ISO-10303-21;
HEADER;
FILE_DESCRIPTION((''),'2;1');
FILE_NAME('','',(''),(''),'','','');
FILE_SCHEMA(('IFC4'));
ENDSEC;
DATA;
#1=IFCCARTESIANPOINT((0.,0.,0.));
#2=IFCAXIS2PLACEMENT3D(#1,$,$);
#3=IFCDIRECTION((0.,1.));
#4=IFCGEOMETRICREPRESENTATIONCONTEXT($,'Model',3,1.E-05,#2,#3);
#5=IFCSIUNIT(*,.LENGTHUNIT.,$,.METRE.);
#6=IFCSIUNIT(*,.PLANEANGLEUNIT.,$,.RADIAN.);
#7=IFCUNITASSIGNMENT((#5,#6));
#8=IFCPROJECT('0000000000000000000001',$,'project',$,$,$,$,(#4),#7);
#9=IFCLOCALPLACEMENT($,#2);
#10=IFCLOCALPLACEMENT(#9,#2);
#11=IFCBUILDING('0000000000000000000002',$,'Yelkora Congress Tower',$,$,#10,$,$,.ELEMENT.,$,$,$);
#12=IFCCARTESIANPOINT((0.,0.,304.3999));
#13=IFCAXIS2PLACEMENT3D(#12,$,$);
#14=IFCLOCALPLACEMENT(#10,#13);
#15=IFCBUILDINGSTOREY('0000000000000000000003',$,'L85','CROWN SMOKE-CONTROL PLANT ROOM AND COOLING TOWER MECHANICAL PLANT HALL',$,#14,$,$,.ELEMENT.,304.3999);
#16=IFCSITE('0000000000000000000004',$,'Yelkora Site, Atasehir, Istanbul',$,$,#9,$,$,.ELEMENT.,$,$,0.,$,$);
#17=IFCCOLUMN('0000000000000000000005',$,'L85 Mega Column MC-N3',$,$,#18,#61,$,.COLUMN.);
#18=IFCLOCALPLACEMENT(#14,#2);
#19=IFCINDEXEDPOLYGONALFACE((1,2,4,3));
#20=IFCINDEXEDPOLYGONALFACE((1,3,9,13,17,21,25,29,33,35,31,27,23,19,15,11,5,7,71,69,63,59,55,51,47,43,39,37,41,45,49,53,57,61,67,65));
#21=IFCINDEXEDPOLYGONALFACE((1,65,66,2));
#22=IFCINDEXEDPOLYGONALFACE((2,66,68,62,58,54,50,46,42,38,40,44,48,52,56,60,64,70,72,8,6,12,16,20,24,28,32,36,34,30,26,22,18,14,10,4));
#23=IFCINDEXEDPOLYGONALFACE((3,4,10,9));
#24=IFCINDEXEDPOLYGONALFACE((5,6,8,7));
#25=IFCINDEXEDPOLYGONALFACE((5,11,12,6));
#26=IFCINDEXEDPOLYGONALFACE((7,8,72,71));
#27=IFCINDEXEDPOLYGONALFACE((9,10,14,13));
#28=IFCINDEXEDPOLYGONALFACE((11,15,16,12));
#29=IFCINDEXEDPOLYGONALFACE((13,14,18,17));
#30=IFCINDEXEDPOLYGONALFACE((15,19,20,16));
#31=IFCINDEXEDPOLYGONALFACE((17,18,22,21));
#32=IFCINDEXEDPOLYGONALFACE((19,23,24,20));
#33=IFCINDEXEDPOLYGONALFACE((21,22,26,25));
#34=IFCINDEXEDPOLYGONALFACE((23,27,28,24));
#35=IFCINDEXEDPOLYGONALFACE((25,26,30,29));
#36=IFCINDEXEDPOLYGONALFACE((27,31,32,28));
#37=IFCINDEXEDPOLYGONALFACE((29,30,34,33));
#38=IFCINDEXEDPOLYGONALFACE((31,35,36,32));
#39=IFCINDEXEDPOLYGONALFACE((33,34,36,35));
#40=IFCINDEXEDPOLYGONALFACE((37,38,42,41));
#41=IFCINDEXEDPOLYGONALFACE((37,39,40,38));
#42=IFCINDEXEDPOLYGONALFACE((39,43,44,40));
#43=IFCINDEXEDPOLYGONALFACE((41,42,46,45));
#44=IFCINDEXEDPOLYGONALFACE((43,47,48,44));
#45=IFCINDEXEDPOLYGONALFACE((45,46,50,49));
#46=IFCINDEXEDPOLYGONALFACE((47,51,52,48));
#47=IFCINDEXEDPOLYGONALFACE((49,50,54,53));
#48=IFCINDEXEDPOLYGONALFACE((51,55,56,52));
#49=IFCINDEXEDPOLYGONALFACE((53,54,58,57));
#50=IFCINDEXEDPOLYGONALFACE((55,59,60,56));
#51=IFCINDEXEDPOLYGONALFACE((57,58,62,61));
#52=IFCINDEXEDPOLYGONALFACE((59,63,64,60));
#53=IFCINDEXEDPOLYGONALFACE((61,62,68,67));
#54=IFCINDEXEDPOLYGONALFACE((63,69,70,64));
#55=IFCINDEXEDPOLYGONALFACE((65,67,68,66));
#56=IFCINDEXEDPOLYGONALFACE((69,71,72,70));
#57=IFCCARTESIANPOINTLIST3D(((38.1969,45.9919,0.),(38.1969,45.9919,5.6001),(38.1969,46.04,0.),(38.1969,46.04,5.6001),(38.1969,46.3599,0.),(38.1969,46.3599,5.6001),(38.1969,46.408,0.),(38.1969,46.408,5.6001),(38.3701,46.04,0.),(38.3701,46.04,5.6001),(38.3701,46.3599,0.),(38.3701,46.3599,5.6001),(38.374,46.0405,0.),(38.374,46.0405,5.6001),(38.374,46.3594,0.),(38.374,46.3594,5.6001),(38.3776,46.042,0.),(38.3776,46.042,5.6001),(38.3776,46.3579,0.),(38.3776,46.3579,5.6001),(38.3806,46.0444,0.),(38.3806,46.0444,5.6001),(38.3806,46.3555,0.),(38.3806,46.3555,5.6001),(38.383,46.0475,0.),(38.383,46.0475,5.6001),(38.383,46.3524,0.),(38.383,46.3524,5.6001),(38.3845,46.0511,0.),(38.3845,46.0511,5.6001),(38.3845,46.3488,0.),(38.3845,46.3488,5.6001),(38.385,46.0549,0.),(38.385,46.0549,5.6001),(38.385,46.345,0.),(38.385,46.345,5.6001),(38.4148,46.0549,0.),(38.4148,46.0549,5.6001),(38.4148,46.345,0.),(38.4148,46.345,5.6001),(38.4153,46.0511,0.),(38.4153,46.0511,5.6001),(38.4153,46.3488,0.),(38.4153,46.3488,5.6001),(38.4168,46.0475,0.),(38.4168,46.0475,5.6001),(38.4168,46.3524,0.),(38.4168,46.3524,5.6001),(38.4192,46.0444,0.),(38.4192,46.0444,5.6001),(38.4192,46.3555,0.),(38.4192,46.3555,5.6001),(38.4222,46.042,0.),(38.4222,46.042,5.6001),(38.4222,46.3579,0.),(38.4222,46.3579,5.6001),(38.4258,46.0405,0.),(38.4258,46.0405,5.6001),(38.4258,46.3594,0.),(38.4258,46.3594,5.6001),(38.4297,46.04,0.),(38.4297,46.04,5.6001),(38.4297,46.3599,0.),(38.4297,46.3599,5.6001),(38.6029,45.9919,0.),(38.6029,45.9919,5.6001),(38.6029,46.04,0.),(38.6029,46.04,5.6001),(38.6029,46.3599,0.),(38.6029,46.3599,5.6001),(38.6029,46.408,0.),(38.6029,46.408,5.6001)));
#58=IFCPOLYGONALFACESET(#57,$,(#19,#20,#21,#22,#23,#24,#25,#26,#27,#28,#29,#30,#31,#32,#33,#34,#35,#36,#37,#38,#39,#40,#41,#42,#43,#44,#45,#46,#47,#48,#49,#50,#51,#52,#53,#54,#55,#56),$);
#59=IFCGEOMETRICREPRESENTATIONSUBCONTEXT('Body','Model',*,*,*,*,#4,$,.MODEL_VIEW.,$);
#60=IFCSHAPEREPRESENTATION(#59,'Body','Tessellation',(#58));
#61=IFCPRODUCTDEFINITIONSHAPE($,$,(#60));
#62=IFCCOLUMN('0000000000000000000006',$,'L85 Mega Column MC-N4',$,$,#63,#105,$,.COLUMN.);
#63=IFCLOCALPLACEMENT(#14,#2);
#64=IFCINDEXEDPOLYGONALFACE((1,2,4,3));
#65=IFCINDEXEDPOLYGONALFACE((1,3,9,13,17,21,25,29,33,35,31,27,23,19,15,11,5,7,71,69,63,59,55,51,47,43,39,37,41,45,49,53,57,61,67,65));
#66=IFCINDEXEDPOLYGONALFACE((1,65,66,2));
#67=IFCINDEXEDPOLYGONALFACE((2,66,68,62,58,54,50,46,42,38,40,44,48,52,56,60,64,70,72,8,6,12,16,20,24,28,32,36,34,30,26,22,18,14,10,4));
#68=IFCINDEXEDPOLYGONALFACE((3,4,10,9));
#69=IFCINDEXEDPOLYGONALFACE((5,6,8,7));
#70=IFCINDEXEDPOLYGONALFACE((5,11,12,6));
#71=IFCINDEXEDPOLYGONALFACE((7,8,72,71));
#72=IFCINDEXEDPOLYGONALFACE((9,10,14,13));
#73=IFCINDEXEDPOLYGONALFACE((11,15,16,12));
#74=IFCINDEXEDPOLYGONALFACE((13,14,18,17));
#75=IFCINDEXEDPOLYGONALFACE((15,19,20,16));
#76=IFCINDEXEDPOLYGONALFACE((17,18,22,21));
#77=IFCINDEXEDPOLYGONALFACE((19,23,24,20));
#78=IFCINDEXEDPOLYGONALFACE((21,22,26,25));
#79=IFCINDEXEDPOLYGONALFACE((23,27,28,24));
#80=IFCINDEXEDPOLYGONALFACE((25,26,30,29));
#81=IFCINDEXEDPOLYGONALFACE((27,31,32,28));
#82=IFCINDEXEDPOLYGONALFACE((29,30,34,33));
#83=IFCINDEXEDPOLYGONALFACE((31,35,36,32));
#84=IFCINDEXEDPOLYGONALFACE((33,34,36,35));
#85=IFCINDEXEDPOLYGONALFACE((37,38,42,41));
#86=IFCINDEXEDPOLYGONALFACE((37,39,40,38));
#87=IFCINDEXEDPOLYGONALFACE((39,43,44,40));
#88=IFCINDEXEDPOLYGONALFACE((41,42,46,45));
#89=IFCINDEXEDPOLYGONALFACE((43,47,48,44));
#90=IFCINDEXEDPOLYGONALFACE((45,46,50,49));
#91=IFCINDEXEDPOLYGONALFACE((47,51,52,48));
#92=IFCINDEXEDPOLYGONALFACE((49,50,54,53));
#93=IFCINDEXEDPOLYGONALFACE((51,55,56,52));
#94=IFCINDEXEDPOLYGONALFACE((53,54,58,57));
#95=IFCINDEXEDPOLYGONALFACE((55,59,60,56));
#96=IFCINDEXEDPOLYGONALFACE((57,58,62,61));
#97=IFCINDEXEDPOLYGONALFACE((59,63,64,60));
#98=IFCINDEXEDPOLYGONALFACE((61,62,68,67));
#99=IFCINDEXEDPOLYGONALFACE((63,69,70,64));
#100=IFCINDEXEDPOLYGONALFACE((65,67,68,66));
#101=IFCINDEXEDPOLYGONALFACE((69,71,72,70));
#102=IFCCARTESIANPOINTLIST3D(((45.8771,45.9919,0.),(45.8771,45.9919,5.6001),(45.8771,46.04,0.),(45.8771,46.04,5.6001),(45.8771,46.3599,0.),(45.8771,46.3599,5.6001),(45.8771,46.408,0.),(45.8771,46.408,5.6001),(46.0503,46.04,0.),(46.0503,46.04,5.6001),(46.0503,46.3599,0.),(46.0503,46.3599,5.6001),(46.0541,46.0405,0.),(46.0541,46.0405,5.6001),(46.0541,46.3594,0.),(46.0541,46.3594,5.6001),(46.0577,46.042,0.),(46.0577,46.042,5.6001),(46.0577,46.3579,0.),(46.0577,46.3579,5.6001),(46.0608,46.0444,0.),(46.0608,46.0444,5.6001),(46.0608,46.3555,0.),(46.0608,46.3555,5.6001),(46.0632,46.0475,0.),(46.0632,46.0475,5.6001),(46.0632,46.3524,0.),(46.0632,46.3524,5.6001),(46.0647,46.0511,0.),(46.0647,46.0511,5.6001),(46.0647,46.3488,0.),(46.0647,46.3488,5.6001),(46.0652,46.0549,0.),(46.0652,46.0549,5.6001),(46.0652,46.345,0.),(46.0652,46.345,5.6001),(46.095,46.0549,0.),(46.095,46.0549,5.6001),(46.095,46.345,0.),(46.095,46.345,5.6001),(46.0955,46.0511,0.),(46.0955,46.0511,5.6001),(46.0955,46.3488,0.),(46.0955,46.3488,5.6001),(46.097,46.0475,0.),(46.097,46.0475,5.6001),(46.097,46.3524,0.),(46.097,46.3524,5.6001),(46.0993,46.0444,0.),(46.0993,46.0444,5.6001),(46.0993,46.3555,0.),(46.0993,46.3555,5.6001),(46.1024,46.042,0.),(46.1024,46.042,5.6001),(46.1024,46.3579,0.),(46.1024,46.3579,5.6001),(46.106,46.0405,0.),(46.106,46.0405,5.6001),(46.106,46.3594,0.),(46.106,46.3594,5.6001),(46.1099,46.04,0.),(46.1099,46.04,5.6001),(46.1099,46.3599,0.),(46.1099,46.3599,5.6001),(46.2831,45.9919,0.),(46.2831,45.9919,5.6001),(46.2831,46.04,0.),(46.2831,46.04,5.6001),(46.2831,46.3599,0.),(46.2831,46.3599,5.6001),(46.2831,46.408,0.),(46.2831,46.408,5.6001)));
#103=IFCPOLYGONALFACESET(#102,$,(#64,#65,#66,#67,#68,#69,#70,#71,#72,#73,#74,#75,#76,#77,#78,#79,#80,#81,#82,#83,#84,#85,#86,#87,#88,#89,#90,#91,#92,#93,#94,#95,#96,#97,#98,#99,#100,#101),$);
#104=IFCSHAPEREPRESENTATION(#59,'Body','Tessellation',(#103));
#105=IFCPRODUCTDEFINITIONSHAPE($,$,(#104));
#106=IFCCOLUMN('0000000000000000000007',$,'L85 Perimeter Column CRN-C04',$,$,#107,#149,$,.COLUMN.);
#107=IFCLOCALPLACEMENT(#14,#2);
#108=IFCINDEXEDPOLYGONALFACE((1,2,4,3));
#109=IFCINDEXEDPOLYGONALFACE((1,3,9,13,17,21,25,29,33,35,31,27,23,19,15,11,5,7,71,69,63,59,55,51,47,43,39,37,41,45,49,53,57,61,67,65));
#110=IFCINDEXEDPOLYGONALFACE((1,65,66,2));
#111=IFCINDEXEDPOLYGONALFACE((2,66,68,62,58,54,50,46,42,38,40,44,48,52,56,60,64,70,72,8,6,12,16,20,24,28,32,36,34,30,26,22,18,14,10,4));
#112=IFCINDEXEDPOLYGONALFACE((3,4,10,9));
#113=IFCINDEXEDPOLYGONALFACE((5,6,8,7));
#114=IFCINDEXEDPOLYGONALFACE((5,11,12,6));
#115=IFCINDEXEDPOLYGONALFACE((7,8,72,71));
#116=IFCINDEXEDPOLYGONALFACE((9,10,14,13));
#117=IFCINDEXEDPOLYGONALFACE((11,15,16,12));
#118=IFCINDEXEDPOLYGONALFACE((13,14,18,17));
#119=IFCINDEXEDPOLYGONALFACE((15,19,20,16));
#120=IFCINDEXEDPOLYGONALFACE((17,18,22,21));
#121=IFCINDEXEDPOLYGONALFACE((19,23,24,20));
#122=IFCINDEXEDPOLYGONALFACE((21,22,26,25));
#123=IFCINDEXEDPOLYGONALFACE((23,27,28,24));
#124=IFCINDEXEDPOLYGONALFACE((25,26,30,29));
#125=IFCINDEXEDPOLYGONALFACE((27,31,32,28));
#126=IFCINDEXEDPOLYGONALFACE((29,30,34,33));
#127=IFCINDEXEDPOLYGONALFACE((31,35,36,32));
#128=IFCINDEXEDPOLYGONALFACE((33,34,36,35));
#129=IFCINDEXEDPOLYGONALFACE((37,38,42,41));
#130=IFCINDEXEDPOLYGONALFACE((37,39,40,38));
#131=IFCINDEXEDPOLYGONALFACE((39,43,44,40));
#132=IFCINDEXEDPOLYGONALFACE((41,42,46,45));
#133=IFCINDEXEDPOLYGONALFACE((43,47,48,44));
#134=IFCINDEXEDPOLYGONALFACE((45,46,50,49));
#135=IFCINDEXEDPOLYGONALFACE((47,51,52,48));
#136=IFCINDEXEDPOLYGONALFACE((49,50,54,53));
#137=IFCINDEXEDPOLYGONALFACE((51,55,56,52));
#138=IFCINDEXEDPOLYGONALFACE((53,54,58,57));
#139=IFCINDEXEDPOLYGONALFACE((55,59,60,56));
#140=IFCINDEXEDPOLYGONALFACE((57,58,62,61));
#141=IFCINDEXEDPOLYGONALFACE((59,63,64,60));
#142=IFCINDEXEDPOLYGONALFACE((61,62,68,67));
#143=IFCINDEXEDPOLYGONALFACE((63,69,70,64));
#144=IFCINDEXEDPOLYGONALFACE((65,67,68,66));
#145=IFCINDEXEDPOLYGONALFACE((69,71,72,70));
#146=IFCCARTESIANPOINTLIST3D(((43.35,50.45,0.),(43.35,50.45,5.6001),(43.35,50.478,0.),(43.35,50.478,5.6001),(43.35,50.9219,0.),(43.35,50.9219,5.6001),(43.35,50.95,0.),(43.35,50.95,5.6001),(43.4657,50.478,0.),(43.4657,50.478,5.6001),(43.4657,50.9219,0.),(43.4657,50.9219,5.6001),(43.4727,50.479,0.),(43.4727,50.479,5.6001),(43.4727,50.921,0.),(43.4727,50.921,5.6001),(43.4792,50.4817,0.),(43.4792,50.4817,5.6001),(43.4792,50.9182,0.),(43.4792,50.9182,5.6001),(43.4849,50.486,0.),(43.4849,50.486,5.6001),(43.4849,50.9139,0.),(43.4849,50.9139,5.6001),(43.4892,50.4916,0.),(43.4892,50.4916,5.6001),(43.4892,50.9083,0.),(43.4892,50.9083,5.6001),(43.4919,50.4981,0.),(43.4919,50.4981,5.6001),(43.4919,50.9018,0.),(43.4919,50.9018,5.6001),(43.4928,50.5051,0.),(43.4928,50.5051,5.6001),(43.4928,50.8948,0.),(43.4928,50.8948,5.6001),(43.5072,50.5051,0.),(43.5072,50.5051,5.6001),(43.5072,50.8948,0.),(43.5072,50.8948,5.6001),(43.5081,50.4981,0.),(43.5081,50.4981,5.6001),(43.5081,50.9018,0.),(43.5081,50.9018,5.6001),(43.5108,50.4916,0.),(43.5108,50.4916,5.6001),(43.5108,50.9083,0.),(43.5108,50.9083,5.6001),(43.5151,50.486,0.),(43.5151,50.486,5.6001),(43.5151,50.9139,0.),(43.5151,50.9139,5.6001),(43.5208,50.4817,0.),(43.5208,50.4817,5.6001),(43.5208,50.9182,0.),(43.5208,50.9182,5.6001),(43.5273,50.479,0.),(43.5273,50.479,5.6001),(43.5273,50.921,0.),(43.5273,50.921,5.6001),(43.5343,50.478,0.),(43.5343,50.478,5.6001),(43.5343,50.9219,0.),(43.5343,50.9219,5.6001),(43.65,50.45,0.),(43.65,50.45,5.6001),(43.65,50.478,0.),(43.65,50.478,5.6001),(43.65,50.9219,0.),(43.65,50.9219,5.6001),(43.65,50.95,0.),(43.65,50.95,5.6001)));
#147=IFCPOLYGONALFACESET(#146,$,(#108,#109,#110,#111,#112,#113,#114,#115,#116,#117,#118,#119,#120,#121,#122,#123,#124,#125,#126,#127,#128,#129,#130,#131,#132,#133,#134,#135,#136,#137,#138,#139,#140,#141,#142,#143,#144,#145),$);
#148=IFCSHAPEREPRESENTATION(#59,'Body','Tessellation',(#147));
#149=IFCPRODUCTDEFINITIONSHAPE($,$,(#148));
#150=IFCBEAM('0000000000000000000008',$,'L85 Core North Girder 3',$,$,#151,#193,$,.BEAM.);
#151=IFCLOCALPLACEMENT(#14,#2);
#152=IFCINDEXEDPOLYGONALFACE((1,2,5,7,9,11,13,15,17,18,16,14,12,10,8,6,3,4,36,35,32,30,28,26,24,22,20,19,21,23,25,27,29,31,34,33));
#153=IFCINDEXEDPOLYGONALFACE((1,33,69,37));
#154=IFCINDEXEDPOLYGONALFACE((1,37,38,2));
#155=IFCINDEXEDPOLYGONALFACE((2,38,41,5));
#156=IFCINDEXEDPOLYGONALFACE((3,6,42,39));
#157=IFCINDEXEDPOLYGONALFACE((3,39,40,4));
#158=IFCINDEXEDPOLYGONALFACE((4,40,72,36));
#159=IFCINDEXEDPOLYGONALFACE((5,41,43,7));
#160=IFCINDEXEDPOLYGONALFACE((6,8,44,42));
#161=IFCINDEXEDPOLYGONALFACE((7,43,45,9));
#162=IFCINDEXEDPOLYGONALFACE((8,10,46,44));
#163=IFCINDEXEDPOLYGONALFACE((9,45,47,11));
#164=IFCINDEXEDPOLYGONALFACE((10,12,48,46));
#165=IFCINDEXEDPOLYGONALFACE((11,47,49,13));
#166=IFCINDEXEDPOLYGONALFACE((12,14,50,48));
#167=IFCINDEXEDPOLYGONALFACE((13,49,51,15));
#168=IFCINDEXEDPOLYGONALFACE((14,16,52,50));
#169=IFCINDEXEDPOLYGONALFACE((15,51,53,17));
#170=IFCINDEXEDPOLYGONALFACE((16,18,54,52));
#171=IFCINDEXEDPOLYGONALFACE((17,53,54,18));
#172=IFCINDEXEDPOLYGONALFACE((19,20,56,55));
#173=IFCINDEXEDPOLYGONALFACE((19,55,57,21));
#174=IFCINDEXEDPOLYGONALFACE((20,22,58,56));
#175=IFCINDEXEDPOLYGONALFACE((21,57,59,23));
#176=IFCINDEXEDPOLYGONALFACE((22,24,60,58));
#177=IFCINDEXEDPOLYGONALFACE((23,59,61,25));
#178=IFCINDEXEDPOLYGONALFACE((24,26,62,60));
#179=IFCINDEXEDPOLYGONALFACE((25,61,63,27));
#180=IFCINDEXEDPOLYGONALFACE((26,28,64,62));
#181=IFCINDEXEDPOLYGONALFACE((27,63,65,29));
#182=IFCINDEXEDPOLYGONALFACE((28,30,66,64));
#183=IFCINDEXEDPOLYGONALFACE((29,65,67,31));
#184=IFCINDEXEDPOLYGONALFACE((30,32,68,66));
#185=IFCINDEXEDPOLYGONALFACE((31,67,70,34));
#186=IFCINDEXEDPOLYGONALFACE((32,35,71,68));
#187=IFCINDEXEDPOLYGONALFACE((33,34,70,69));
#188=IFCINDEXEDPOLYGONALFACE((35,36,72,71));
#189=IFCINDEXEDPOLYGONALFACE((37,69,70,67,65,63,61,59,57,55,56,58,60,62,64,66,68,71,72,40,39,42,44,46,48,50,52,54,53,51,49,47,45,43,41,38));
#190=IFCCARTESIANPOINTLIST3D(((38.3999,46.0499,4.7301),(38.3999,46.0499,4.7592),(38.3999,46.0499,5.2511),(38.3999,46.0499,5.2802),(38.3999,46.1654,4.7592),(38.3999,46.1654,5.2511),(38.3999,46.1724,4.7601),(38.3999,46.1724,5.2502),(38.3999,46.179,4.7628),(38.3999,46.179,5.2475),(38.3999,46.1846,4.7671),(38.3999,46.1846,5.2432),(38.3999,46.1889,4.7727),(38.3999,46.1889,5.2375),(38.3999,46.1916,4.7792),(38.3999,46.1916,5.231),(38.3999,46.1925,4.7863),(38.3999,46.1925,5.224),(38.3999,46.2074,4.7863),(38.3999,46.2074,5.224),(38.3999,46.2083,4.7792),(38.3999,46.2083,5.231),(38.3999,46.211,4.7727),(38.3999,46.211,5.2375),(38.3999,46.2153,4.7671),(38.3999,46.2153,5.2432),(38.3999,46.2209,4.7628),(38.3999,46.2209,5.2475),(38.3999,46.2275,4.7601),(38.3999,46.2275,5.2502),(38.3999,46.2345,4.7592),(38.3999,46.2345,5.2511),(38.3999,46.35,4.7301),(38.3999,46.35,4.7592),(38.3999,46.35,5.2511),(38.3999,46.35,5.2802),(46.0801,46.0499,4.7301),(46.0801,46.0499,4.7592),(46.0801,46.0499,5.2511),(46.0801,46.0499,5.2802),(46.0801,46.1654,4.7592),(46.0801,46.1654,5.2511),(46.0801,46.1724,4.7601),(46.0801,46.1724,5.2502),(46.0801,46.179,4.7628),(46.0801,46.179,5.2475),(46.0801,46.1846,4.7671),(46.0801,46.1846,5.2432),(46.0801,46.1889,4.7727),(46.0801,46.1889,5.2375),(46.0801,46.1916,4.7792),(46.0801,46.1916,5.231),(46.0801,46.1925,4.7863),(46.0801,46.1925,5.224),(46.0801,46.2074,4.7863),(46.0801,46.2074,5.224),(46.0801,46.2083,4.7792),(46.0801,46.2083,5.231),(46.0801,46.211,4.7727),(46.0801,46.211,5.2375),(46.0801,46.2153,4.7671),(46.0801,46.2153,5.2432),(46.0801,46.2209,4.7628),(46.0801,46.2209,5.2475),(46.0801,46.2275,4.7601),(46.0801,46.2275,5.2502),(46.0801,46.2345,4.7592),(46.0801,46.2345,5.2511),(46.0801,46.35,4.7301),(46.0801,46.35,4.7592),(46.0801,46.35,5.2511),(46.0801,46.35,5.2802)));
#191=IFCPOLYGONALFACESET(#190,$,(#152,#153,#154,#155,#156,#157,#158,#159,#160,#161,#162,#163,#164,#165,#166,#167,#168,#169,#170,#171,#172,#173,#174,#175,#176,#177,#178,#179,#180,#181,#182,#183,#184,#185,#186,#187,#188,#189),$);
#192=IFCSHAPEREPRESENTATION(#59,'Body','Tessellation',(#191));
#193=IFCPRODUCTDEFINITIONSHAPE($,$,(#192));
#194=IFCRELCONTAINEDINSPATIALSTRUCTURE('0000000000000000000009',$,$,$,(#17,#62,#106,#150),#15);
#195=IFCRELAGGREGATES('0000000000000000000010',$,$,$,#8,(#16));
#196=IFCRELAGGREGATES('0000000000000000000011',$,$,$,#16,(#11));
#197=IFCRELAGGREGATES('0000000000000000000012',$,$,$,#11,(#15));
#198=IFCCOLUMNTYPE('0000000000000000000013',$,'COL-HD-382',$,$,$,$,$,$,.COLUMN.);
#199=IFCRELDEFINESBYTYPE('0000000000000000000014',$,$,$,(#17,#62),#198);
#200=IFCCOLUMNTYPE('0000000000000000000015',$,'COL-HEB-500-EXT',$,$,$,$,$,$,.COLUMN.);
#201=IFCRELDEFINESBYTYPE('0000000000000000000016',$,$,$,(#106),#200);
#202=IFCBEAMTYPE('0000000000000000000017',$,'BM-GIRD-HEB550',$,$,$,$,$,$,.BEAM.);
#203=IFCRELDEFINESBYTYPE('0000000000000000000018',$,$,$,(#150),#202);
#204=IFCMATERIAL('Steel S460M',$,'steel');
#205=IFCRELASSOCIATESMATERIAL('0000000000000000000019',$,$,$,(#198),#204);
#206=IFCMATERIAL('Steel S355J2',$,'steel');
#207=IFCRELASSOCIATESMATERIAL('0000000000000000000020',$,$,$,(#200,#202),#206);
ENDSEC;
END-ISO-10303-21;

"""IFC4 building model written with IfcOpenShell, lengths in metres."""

from ifc_helpers import new_model, si_unit, direction, frame, origin, origin_2d, place, context, subcontext, project, spatial, i_section, extrude, material, material_profile, profile_set, type_object, element, save


model = new_model("IFC4")

# Units and contexts
model_context = context("Model", 3, precision=1e-05, world=origin(), true_north=direction((0.0, 1.0)))
body_context = subcontext(model_context, "Body", "Model", "MODEL_VIEW")
ifc_project = project(units=[si_unit("LENGTHUNIT", "METRE"), si_unit("PLANEANGLEUNIT", "RADIAN")], contexts=[model_context])

# Site, building, storey
site_placement = place(None, origin())
site = spatial("IfcSite", under=ifc_project, at=site_placement, Name="Yelkora Site, Atasehir, Istanbul", CompositionType="ELEMENT", RefElevation=0.0)
building_placement = place(site_placement, origin())
building = spatial("IfcBuilding", under=site, at=building_placement, Name="Yelkora Congress Tower", CompositionType="ELEMENT")
storey_placement = place(building_placement, frame((0.0, 0.0, 304.3999)))
storey = spatial("IfcBuildingStorey", under=building, at=storey_placement, Name="L85", Description="CROWN SMOKE-CONTROL PLANT ROOM AND COOLING TOWER MECHANICAL PLANT HALL", CompositionType="ELEMENT", Elevation=304.3999)

# Columns
ifc_material_1 = material(Name="Steel S460M", Category="steel")
ifc_material_profile_1 = material_profile(ifc_material_1, i_section(OverallWidth=0.406, OverallDepth=0.416, WebThickness=0.0298, FlangeThickness=0.0481, FilletRadius=0.0149, at=origin_2d()), Name="HD 400x382")
ifc_profile_set_1 = profile_set([ifc_material_profile_1], Name="Steel S460M")
column_type_1 = type_object("IfcColumnType", Name="COL-HD-382", PredefinedType="COLUMN", material=ifc_profile_set_1)
for number, where, z_axis, x_axis, name in (
    (1, (38.3999, 46.2, 0.0), (0.0, 0.0, 1.0), (1.0, 0.0, 0.0), "L85 Mega Column MC-N3"),
    (2, (46.0801, 46.2, 0.0), (0.0, 0.0, 1.0), (1.0, 0.0, 0.0), "L85 Mega Column MC-N4"),
):
    element("IfcColumn", number, at=place(storey_placement, frame(where, z_axis=z_axis, x_axis=x_axis)), inside=storey, type_object=column_type_1, Name=name, PredefinedType="COLUMN", context=body_context, shape_type="SweptSolid", body=[
        extrude(i_section(OverallWidth=0.406, OverallDepth=0.416, WebThickness=0.0298, FlangeThickness=0.0481, FilletRadius=0.0149, at=origin_2d()), origin(), (0.0, 0.0, 1.0), 5.6001),
    ])
ifc_material_2 = material(Name="Steel S355J2", Category="steel")
ifc_material_profile_2 = material_profile(ifc_material_2, i_section(OverallWidth=0.3, OverallDepth=0.5, WebThickness=0.0144, FlangeThickness=0.0281, FilletRadius=0.0271, at=origin_2d()), Name="HEB 500")
ifc_profile_set_2 = profile_set([ifc_material_profile_2], Name="Steel S355J2")
column_type_2 = type_object("IfcColumnType", Name="COL-HEB-500-EXT", PredefinedType="COLUMN", material=ifc_profile_set_2)
column_placement = place(storey_placement, frame((43.5, 50.7, 0.0), z_axis=(0.0, 0.0, 1.0), x_axis=(1.0, 0.0, 0.0)))
element("IfcColumn", 3, at=column_placement, inside=storey, type_object=column_type_2, Name="L85 Perimeter Column CRN-C04", PredefinedType="COLUMN", context=body_context, shape_type="SweptSolid", body=[
    extrude(i_section(OverallWidth=0.3, OverallDepth=0.5, WebThickness=0.0144, FlangeThickness=0.0281, FilletRadius=0.0271, at=origin_2d()), origin(), (0.0, 0.0, 1.0), 5.6001),
])

# Beam
ifc_material_profile_3 = material_profile(ifc_material_2, i_section(OverallWidth=0.3, OverallDepth=0.55, WebThickness=0.0149, FlangeThickness=0.0291, FilletRadius=0.0271, at=origin_2d()), Name="HEB 550")
ifc_profile_set_3 = profile_set([ifc_material_profile_3], Name="Steel S355J2")
beam_type_1 = type_object("IfcBeamType", Name="BM-GIRD-HEB550", PredefinedType="BEAM", material=ifc_profile_set_3)
beam_1_placement = place(storey_placement, frame((38.3999, 46.2, 5.0051), z_axis=(1.0, 0.0, 0.0), x_axis=(0.0, 1.0, 0.0)))
element("IfcBeam", 4, at=beam_1_placement, inside=storey, type_object=beam_type_1, Name="L85 Core North Girder 3", PredefinedType="BEAM", context=body_context, shape_type="SweptSolid", body=[
    extrude(i_section(OverallWidth=0.3, OverallDepth=0.55, WebThickness=0.0149, FlangeThickness=0.0291, FilletRadius=0.0271, at=origin_2d()), origin(), (0.0, 0.0, 1.0), 7.6802),
])

save(model, "model.ifc")
